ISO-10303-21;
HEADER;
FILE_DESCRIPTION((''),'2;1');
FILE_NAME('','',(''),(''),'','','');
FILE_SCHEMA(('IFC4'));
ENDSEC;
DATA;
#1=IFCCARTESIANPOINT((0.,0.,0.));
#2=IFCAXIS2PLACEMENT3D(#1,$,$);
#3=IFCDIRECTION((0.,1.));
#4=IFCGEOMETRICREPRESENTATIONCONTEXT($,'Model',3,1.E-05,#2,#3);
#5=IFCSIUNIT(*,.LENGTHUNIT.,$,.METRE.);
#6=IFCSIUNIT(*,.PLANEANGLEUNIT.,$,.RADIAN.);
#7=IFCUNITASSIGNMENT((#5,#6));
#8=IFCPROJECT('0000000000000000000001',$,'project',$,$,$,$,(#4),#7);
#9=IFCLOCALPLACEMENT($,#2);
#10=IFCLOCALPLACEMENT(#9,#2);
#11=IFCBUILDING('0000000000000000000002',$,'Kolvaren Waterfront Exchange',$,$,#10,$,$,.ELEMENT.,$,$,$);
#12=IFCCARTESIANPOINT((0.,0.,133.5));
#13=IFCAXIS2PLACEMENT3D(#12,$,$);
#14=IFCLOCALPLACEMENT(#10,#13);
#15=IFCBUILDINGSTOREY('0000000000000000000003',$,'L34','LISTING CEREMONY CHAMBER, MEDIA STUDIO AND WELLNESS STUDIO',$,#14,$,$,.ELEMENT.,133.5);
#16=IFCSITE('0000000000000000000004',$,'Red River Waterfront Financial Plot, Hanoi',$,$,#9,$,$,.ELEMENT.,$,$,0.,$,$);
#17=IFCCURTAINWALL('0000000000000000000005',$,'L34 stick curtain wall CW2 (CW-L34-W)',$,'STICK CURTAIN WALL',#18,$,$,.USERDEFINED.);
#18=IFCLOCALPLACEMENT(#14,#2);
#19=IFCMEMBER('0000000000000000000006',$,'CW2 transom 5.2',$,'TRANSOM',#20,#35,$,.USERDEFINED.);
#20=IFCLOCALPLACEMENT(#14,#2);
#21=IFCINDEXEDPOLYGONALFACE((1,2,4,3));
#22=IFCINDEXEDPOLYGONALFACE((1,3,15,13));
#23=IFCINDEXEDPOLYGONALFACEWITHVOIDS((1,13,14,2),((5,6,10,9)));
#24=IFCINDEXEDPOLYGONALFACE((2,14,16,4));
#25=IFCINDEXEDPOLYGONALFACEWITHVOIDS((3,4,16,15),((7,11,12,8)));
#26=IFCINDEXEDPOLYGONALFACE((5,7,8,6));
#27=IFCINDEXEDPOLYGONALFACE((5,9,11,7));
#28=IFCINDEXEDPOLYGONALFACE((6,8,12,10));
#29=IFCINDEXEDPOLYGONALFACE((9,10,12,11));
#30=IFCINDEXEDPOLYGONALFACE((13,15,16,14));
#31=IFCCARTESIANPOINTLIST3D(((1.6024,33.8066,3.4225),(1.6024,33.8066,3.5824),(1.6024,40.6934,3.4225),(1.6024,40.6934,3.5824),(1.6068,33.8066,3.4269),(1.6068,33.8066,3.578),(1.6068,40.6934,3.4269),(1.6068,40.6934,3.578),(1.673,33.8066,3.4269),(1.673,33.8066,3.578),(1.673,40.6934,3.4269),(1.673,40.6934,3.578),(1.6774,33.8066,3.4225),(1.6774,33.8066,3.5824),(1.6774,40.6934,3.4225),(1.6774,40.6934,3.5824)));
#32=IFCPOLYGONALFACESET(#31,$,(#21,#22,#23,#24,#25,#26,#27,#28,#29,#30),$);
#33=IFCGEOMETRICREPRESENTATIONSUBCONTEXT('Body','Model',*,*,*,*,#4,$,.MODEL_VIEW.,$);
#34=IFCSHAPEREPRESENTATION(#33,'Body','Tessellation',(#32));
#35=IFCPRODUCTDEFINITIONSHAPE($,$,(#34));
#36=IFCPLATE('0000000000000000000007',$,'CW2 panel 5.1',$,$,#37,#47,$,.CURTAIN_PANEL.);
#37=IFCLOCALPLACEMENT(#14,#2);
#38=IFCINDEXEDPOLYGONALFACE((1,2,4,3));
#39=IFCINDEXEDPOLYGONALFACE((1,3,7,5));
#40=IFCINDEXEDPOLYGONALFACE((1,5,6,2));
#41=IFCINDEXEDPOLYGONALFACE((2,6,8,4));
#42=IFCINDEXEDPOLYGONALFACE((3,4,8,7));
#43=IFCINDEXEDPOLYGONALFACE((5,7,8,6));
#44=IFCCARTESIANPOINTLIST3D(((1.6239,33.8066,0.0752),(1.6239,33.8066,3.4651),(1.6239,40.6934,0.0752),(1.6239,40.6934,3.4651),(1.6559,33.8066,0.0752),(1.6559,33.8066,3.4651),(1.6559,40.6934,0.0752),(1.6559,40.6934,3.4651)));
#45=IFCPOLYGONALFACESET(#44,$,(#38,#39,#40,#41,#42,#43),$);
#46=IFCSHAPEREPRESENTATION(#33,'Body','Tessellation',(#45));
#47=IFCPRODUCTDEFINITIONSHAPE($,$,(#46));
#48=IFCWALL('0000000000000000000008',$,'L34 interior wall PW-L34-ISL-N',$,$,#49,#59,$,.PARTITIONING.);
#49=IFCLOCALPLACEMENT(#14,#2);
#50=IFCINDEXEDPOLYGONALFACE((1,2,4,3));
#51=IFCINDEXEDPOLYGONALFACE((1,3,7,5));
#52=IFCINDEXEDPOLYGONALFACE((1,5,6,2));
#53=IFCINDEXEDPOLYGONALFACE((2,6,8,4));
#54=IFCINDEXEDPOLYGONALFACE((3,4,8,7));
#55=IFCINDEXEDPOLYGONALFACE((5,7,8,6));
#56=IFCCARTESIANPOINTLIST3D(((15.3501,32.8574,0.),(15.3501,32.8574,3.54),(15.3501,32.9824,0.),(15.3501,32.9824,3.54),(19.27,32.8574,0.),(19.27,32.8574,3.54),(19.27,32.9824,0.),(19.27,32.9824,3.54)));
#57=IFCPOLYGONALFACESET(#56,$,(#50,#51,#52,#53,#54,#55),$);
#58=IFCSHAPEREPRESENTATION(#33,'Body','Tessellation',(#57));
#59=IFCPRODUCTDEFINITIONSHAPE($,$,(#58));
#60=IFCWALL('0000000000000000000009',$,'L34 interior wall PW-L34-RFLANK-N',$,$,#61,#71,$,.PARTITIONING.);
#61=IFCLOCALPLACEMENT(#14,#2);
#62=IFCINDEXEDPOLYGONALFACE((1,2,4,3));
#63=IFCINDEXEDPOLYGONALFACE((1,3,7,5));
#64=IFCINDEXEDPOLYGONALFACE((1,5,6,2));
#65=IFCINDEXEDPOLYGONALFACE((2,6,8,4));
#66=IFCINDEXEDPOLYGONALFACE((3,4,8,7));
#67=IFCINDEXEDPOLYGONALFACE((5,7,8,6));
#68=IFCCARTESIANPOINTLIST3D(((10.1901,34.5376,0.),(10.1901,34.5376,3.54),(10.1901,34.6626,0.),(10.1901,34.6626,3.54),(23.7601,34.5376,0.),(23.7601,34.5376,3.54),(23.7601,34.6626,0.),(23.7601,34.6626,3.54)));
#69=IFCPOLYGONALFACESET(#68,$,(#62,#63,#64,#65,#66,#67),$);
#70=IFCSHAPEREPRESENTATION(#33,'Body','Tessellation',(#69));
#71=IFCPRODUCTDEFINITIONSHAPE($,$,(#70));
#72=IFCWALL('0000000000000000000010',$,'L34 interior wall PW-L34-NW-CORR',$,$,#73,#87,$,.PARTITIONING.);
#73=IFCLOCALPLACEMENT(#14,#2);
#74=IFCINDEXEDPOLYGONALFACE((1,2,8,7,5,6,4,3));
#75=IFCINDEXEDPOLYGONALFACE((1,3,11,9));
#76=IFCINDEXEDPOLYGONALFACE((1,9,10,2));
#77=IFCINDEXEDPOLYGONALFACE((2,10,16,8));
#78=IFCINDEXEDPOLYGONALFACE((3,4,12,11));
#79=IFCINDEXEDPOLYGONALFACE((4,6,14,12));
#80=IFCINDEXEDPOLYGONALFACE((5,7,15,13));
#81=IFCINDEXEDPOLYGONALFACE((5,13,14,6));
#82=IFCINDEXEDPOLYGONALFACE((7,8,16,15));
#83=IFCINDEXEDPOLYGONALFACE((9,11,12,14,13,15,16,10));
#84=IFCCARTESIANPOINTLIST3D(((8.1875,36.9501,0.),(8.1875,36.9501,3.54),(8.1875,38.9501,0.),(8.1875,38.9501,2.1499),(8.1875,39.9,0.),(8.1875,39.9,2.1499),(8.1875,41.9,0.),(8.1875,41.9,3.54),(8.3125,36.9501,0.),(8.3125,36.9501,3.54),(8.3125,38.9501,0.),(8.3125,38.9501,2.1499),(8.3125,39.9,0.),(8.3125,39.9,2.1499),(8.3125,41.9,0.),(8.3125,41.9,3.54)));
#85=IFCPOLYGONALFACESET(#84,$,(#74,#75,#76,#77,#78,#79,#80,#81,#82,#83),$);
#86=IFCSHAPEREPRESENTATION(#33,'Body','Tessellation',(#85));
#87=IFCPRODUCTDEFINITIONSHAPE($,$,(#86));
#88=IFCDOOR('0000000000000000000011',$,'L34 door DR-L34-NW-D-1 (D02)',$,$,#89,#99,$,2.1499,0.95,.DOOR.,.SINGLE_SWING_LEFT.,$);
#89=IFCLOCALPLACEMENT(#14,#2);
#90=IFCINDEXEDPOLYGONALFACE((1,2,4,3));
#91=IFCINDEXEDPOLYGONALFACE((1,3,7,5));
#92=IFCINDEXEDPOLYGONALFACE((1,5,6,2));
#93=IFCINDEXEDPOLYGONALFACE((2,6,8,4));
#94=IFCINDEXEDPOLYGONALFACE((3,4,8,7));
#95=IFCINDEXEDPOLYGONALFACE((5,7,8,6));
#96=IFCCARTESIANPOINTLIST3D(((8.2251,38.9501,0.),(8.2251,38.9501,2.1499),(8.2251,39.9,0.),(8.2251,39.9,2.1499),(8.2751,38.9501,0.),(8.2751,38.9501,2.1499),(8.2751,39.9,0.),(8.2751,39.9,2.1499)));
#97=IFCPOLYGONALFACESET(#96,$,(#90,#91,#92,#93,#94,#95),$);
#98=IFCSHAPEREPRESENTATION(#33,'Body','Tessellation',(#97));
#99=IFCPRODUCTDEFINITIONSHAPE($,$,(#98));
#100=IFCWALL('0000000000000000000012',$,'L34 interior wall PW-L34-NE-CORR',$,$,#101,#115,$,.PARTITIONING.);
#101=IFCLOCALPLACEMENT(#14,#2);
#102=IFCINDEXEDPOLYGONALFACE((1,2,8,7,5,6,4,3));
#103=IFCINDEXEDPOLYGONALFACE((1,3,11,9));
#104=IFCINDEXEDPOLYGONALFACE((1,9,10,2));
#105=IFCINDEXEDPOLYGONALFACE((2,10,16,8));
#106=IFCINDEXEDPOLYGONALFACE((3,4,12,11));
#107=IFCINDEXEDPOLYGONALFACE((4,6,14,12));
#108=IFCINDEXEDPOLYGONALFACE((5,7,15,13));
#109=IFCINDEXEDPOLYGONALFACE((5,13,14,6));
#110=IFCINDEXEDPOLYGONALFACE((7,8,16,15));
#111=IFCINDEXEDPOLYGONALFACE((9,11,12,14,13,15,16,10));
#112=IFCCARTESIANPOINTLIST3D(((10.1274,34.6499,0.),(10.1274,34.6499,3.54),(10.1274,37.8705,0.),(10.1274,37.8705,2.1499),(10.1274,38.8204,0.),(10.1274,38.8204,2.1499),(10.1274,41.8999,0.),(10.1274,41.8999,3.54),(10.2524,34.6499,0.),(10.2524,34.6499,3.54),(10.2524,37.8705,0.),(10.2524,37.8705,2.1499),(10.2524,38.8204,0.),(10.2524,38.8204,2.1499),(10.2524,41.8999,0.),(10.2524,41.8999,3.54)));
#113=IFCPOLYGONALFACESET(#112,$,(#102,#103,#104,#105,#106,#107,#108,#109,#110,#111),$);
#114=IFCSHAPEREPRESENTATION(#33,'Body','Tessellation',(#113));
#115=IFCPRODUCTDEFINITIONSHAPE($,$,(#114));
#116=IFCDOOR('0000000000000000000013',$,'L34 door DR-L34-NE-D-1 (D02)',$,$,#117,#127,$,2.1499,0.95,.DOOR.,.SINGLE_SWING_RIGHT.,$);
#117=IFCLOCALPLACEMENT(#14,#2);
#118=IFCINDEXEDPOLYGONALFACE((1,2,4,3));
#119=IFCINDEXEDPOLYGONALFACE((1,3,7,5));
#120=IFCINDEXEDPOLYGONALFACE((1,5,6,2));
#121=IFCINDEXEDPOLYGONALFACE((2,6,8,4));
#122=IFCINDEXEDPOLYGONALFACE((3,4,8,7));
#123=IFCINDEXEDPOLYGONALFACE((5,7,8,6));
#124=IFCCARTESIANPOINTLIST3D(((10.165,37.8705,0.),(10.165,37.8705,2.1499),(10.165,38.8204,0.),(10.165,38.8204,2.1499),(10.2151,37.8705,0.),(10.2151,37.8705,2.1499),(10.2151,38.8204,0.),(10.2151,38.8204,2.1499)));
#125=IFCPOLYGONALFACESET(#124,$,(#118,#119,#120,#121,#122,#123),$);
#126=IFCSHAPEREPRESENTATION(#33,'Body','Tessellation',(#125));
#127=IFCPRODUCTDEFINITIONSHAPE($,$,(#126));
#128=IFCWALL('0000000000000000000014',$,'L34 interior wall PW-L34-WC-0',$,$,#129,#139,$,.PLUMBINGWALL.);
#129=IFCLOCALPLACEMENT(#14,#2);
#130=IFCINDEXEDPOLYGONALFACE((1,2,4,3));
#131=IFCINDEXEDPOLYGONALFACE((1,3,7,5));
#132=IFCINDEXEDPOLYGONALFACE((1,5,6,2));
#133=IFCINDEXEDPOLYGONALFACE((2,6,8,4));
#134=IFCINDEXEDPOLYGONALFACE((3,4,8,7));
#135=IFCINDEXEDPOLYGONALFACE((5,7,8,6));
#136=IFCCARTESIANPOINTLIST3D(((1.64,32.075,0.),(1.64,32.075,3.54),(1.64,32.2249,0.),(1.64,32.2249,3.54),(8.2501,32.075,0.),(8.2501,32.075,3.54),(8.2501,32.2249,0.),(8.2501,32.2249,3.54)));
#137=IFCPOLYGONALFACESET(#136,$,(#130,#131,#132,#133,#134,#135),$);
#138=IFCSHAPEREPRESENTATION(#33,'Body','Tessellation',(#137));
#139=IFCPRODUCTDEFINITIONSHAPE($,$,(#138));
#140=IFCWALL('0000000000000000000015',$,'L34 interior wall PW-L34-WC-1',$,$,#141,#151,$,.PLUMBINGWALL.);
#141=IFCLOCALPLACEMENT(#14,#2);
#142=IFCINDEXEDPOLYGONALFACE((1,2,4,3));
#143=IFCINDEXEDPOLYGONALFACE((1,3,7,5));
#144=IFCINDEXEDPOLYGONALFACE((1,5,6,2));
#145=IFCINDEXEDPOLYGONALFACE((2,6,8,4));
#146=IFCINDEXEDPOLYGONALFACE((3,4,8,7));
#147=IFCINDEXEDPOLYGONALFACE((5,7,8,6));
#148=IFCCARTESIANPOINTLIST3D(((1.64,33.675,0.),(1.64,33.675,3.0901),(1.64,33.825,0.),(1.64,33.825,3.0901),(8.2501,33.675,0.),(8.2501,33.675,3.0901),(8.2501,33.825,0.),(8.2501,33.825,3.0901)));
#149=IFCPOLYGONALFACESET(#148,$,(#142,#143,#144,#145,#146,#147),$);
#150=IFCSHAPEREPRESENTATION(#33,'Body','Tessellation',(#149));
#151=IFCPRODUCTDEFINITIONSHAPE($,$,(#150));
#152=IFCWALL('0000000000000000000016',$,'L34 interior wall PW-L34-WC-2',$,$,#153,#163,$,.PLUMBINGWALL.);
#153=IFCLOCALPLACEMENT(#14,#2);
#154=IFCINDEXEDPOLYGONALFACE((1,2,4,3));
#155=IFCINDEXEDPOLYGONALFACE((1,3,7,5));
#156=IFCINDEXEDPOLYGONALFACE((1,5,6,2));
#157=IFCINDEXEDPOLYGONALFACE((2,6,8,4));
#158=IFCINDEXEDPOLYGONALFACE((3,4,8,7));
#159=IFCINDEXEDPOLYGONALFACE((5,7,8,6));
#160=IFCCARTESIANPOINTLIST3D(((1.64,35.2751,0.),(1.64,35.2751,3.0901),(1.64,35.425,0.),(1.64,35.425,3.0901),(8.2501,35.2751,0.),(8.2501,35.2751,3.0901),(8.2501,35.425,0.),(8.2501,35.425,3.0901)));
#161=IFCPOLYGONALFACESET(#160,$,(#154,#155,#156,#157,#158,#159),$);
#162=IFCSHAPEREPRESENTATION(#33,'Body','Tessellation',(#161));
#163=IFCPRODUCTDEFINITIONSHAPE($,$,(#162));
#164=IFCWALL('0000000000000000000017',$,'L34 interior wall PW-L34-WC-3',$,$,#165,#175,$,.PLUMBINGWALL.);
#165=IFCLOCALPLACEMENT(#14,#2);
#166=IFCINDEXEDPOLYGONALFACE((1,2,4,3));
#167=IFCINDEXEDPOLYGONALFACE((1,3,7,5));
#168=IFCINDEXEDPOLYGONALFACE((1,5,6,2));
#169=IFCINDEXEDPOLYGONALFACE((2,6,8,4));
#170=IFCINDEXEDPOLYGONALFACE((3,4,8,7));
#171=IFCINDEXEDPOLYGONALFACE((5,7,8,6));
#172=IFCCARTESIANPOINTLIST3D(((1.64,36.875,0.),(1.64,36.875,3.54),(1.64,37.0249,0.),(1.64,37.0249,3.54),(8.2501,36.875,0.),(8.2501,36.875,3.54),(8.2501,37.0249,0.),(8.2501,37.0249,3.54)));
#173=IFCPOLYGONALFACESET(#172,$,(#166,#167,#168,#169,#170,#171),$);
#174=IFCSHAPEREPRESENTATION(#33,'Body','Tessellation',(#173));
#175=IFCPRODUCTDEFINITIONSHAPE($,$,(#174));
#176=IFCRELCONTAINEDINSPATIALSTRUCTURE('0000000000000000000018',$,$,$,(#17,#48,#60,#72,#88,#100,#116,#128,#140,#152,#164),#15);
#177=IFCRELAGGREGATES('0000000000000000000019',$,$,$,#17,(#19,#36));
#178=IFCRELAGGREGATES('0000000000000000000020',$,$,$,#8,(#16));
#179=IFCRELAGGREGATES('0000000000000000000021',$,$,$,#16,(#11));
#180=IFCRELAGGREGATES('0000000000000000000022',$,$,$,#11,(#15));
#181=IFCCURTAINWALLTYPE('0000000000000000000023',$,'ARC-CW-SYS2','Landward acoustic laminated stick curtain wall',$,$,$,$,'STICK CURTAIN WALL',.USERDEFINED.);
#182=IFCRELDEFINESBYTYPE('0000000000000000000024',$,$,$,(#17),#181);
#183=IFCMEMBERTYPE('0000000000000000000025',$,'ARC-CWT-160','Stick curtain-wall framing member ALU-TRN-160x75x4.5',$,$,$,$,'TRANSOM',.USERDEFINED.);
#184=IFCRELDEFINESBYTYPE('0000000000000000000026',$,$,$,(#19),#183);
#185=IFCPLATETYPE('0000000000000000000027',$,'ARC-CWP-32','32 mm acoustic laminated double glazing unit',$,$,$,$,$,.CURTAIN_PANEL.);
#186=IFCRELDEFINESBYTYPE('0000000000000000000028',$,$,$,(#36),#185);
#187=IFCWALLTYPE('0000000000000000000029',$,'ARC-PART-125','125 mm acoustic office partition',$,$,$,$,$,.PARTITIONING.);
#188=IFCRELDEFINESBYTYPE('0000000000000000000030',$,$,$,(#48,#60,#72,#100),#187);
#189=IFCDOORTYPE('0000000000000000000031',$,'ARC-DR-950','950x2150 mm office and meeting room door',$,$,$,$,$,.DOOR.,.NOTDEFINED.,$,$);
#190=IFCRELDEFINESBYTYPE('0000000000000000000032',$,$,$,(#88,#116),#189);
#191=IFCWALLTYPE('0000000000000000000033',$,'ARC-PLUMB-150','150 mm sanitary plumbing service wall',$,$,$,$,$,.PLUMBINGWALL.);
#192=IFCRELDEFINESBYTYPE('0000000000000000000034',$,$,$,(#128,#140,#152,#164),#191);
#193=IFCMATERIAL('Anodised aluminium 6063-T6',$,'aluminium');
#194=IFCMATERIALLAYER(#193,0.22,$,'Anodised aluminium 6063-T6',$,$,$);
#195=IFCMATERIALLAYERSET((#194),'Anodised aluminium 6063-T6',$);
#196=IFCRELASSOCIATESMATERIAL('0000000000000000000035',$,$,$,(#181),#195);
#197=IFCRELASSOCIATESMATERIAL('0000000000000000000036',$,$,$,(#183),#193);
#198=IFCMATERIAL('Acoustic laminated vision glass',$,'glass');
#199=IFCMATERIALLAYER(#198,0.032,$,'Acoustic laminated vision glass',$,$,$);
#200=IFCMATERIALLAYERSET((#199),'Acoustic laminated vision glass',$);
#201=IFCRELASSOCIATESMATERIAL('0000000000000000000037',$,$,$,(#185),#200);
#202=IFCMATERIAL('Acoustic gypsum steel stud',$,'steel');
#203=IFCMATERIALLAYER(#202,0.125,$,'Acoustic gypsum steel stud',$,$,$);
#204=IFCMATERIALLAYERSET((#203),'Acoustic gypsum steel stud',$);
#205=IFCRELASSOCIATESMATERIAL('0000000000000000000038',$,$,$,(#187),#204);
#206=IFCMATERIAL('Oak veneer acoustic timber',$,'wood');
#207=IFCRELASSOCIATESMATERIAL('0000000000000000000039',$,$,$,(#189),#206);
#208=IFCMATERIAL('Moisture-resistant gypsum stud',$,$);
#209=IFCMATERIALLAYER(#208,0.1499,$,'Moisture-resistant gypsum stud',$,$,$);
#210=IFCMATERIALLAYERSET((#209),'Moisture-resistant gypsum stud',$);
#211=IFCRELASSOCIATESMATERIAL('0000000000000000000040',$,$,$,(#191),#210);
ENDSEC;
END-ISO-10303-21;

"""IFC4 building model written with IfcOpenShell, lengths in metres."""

from ifc_helpers import new_model, si_unit, direction, frame, frame_2d, origin, origin_with_axes, origin_2d, place, context, subcontext, project, spatial, rectangle, hollow_rectangle, extrude, source, transform, mapped, material, layer, layer_set, material_profile, profile_set, type_object, element, fill, aggregate, save


model = new_model("IFC4")

# Units and contexts
model_context = context("Model", 3, precision=1e-05, world=origin(), true_north=direction((0.0, 1.0)))
body_context = subcontext(model_context, "Body", "Model", "MODEL_VIEW")
ifc_project = project(units=[si_unit("LENGTHUNIT", "METRE"), si_unit("PLANEANGLEUNIT", "RADIAN")], contexts=[model_context])

# Site, building, storey
site_placement = place(None, origin())
site = spatial("IfcSite", under=ifc_project, at=site_placement, Name="Red River Waterfront Financial Plot, Hanoi", CompositionType="ELEMENT", RefElevation=0.0)
building_placement = place(site_placement, origin())
building = spatial("IfcBuilding", under=site, at=building_placement, Name="Kolvaren Waterfront Exchange", CompositionType="ELEMENT")
storey_placement = place(building_placement, frame((0.0, 0.0, 133.5)))
storey = spatial("IfcBuildingStorey", under=building, at=storey_placement, Name="L34", Description="LISTING CEREMONY CHAMBER, MEDIA STUDIO AND WELLNESS STUDIO", CompositionType="ELEMENT", Elevation=133.5)

# Curtain wall, member, plate
ifc_material_1 = material(Name="Anodised aluminium 6063-T6", Category="aluminium")
ifc_layer_1 = layer(ifc_material_1, 0.22, Name="Anodised aluminium 6063-T6")
ifc_layer_set_1 = layer_set([ifc_layer_1], Name="Anodised aluminium 6063-T6")
curtain_wall_type = type_object("IfcCurtainWallType", Name="ARC-CW-SYS2", Description="Landward acoustic laminated stick curtain wall", ElementType="STICK CURTAIN WALL", PredefinedType="USERDEFINED", material=ifc_layer_set_1)
curtain_wall_placement = place(storey_placement, origin())
curtain_wall = element("IfcCurtainWall", 1, at=curtain_wall_placement, inside=storey, type_object=curtain_wall_type, Name="L34 stick curtain wall CW2 (CW-L34-W)", ObjectType="STICK CURTAIN WALL", PredefinedType="USERDEFINED")
ifc_material_profile_1 = material_profile(ifc_material_1, hollow_rectangle(XDim=0.075, YDim=0.1599, WallThickness=0.0044, at=origin_2d()), Name="ALU-TRN-160x75x4.5")
ifc_profile_set_1 = profile_set([ifc_material_profile_1], Name="Anodised aluminium 6063-T6")
member_type_1 = type_object("IfcMemberType", Name="ARC-CWT-160", Description="Stick curtain-wall framing member ALU-TRN-160x75x4.5", ElementType="TRANSOM", PredefinedType="USERDEFINED", material=ifc_profile_set_1)
shared_shape_1 = source(origin_with_axes(), body_context, "Body", "SweptSolid", [
    extrude(hollow_rectangle(XDim=0.075, YDim=0.1599, WallThickness=0.0044, at=origin_2d()), origin(), (0.0, 0.0, 1.0), 6.8867),
])
member_1_placement = place(storey_placement, frame((1.6399, 33.8066, 3.5024), z_axis=(0.0, 1.0, 0.0), x_axis=(-1.0, 0.0, 0.0)))
member_1 = element("IfcMember", 2, at=member_1_placement, type_object=member_type_1, Name="CW2 transom 5.2", ObjectType="TRANSOM", PredefinedType="USERDEFINED", context=body_context, shape_type="MappedRepresentation", body=[
    mapped(shared_shape_1, transform((0.0, 0.0, 0.0), x_axis=(1.0, 0.0, 0.0), y_axis=(0.0, 1.0, 0.0), z_axis=(0.0, 0.0, 1.0), scale=1.0)),
])
ifc_material_2 = material(Name="Acoustic laminated vision glass", Category="glass")
ifc_layer_2 = layer(ifc_material_2, 0.032, Name="Acoustic laminated vision glass")
ifc_layer_set_2 = layer_set([ifc_layer_2], Name="Acoustic laminated vision glass")
plate_type = type_object("IfcPlateType", Name="ARC-CWP-32", Description="32 mm acoustic laminated double glazing unit", PredefinedType="CURTAIN_PANEL", material=ifc_layer_set_2)
shared_shape_2 = source(origin_with_axes(), body_context, "Body", "SweptSolid", [
    extrude(rectangle(XDim=6.8867, YDim=0.032, at=origin_2d()), origin(), (0.0, 0.0, 1.0), 3.3899),
])
plate_placement = place(storey_placement, frame((1.6399, 37.25, 0.0752), z_axis=(0.0, 0.0, 1.0), x_axis=(0.0, 1.0, 0.0)))
plate = element("IfcPlate", 3, at=plate_placement, type_object=plate_type, Name="CW2 panel 5.1", PredefinedType="CURTAIN_PANEL", context=body_context, shape_type="MappedRepresentation", body=[
    mapped(shared_shape_2, transform((0.0, 0.0, 0.0), x_axis=(1.0, 0.0, 0.0), y_axis=(0.0, 1.0, 0.0), z_axis=(0.0, 0.0, 1.0), scale=1.0)),
])
aggregate(curtain_wall, [member_1, plate])

# Walls
ifc_material_3 = material(Name="Acoustic gypsum steel stud", Category="steel")
ifc_layer_3 = layer(ifc_material_3, 0.125, Name="Acoustic gypsum steel stud")
ifc_layer_set_3 = layer_set([ifc_layer_3], Name="Acoustic gypsum steel stud")
wall_type_1 = type_object("IfcWallType", Name="ARC-PART-125", Description="125 mm acoustic office partition", PredefinedType="PARTITIONING", material=ifc_layer_set_3)
wall_1_placement = place(storey_placement, frame((15.3501, 32.9199, 0.0), z_axis=(0.0, 0.0, 1.0), x_axis=(1.0, 0.0, 0.0)))
element("IfcWall", 4, at=wall_1_placement, inside=storey, type_object=wall_type_1, Name="L34 interior wall PW-L34-ISL-N", PredefinedType="PARTITIONING", context=body_context, shape_type="SweptSolid", body=[
    extrude(rectangle(XDim=3.9199, YDim=0.125, at=frame_2d((1.96, 0.0))), origin(), (0.0, 0.0, 1.0), 3.54),
])
wall_2_placement = place(storey_placement, frame((10.1899, 34.6001, 0.0), z_axis=(0.0, 0.0, 1.0), x_axis=(1.0, 0.0, 0.0)))
element("IfcWall", 5, at=wall_2_placement, inside=storey, type_object=wall_type_1, Name="L34 interior wall PW-L34-RFLANK-N", PredefinedType="PARTITIONING", context=body_context, shape_type="SweptSolid", body=[
    extrude(rectangle(XDim=13.5701, YDim=0.125, at=frame_2d((6.7852, 0.0))), origin(), (0.0, 0.0, 1.0), 3.54),
])

# Walls, openings, doors
wall_3_placement = place(storey_placement, frame((8.25, 36.95, 0.0), z_axis=(0.0, 0.0, 1.0), x_axis=(0.0, 1.0, 0.0)))
wall_3 = element("IfcWall", 6, at=wall_3_placement, inside=storey, type_object=wall_type_1, Name="L34 interior wall PW-L34-NW-CORR", PredefinedType="PARTITIONING", context=body_context, shape_type="SweptSolid", body=[
    extrude(rectangle(XDim=4.95, YDim=0.125, at=frame_2d((2.4751, 0.0))), origin(), (0.0, 0.0, 1.0), 3.54),
])
opening_1_placement = place(wall_3_placement, frame((2.0, 0.0, 0.0)))
opening_1 = element("IfcOpeningElement", 7, at=opening_1_placement, cuts=wall_3, PredefinedType="OPENING", context=body_context, shape_type="SweptSolid", body=[
    extrude(rectangle(XDim=0.95, YDim=2.1499, at=frame_2d((0.4751, 1.075))), frame((0.0, 0.0725, 0.0), z_axis=(0.0, -1.0, 0.0), x_axis=(1.0, 0.0, 0.0)), (0.0, 0.0, 1.0), 0.145),
])
ifc_material_4 = material(Name="Oak veneer acoustic timber", Category="wood")
door_type_1 = type_object("IfcDoorType", Name="ARC-DR-950", Description="950x2150 mm office and meeting room door", OperationType="NOTDEFINED", PredefinedType="DOOR", material=ifc_material_4)
door_1_placement = place(opening_1_placement, origin())
door_1 = element("IfcDoor", 8, at=door_1_placement, inside=storey, type_object=door_type_1, Name="L34 door DR-L34-NW-D-1 (D02)", OperationType="SINGLE_SWING_LEFT", OverallHeight=2.1499, OverallWidth=0.95, PredefinedType="DOOR", context=body_context, shape_type="SweptSolid", body=[
    extrude(rectangle(XDim=0.95, YDim=2.1499, at=frame_2d((0.4751, 1.075))), frame((0.0, 0.0249, 0.0), z_axis=(0.0, -1.0, 0.0), x_axis=(1.0, 0.0, 0.0)), (0.0, 0.0, 1.0), 0.05),
])
fill(opening_1, door_1)
wall_4_placement = place(storey_placement, frame((10.1899, 34.6499, 0.0), z_axis=(0.0, 0.0, 1.0), x_axis=(0.0, 1.0, 0.0)))
wall_4 = element("IfcWall", 9, at=wall_4_placement, inside=storey, type_object=wall_type_1, Name="L34 interior wall PW-L34-NE-CORR", PredefinedType="PARTITIONING", context=body_context, shape_type="SweptSolid", body=[
    extrude(rectangle(XDim=7.25, YDim=0.125, at=frame_2d((3.625, 0.0))), origin(), (0.0, 0.0, 1.0), 3.54),
])
opening_2_placement = place(wall_4_placement, frame((3.2205, 0.0, 0.0)))
opening_2 = element("IfcOpeningElement", 10, at=opening_2_placement, cuts=wall_4, PredefinedType="OPENING", context=body_context, shape_type="SweptSolid", body=[
    extrude(rectangle(XDim=0.95, YDim=2.1499, at=frame_2d((0.4751, 1.075))), frame((0.0, 0.0725, 0.0), z_axis=(0.0, -1.0, 0.0), x_axis=(1.0, 0.0, 0.0)), (0.0, 0.0, 1.0), 0.145),
])
door_2_placement = place(opening_2_placement, origin())
door_2 = element("IfcDoor", 11, at=door_2_placement, inside=storey, type_object=door_type_1, Name="L34 door DR-L34-NE-D-1 (D02)", OperationType="SINGLE_SWING_RIGHT", OverallHeight=2.1499, OverallWidth=0.95, PredefinedType="DOOR", context=body_context, shape_type="SweptSolid", body=[
    extrude(rectangle(XDim=0.95, YDim=2.1499, at=frame_2d((0.4751, 1.075))), frame((0.0, 0.0249, 0.0), z_axis=(0.0, -1.0, 0.0), x_axis=(1.0, 0.0, 0.0)), (0.0, 0.0, 1.0), 0.05),
])
fill(opening_2, door_2)

# Wall
ifc_material_5 = material(Name="Moisture-resistant gypsum stud")
ifc_layer_4 = layer(ifc_material_5, 0.1499, Name="Moisture-resistant gypsum stud")
ifc_layer_set_4 = layer_set([ifc_layer_4], Name="Moisture-resistant gypsum stud")
wall_type_2 = type_object("IfcWallType", Name="ARC-PLUMB-150", Description="150 mm sanitary plumbing service wall", PredefinedType="PLUMBINGWALL", material=ifc_layer_set_4)
wall_5_placement = place(storey_placement, frame((1.6399, 32.1499, 0.0), z_axis=(0.0, 0.0, 1.0), x_axis=(1.0, 0.0, 0.0)))
element("IfcWall", 12, at=wall_5_placement, inside=storey, type_object=wall_type_2, Name="L34 interior wall PW-L34-WC-0", PredefinedType="PLUMBINGWALL", context=body_context, shape_type="SweptSolid", body=[
    extrude(rectangle(XDim=6.6101, YDim=0.1499, at=frame_2d((3.3052, 0.0))), origin(), (0.0, 0.0, 1.0), 3.54),
])

# Walls
for number, where, z_axis, x_axis, name in (
    (13, (1.6399, 33.75, 0.0), (0.0, 0.0, 1.0), (1.0, 0.0, 0.0), "L34 interior wall PW-L34-WC-1"),
    (14, (1.6399, 35.3501, 0.0), (0.0, 0.0, 1.0), (1.0, 0.0, 0.0), "L34 interior wall PW-L34-WC-2"),
):
    element("IfcWall", number, at=place(storey_placement, frame(where, z_axis=z_axis, x_axis=x_axis)), inside=storey, type_object=wall_type_2, Name=name, PredefinedType="PLUMBINGWALL", context=body_context, shape_type="SweptSolid", body=[
        extrude(rectangle(XDim=6.6101, YDim=0.1499, at=frame_2d((3.3052, 0.0))), origin(), (0.0, 0.0, 1.0), 3.0901),
    ])
wall_6_placement = place(storey_placement, frame((1.6399, 36.95, 0.0), z_axis=(0.0, 0.0, 1.0), x_axis=(1.0, 0.0, 0.0)))
element("IfcWall", 15, at=wall_6_placement, inside=storey, type_object=wall_type_2, Name="L34 interior wall PW-L34-WC-3", PredefinedType="PLUMBINGWALL", context=body_context, shape_type="SweptSolid", body=[
    extrude(rectangle(XDim=6.6101, YDim=0.1499, at=frame_2d((3.3052, 0.0))), origin(), (0.0, 0.0, 1.0), 3.54),
])

save(model, "model.ifc")
